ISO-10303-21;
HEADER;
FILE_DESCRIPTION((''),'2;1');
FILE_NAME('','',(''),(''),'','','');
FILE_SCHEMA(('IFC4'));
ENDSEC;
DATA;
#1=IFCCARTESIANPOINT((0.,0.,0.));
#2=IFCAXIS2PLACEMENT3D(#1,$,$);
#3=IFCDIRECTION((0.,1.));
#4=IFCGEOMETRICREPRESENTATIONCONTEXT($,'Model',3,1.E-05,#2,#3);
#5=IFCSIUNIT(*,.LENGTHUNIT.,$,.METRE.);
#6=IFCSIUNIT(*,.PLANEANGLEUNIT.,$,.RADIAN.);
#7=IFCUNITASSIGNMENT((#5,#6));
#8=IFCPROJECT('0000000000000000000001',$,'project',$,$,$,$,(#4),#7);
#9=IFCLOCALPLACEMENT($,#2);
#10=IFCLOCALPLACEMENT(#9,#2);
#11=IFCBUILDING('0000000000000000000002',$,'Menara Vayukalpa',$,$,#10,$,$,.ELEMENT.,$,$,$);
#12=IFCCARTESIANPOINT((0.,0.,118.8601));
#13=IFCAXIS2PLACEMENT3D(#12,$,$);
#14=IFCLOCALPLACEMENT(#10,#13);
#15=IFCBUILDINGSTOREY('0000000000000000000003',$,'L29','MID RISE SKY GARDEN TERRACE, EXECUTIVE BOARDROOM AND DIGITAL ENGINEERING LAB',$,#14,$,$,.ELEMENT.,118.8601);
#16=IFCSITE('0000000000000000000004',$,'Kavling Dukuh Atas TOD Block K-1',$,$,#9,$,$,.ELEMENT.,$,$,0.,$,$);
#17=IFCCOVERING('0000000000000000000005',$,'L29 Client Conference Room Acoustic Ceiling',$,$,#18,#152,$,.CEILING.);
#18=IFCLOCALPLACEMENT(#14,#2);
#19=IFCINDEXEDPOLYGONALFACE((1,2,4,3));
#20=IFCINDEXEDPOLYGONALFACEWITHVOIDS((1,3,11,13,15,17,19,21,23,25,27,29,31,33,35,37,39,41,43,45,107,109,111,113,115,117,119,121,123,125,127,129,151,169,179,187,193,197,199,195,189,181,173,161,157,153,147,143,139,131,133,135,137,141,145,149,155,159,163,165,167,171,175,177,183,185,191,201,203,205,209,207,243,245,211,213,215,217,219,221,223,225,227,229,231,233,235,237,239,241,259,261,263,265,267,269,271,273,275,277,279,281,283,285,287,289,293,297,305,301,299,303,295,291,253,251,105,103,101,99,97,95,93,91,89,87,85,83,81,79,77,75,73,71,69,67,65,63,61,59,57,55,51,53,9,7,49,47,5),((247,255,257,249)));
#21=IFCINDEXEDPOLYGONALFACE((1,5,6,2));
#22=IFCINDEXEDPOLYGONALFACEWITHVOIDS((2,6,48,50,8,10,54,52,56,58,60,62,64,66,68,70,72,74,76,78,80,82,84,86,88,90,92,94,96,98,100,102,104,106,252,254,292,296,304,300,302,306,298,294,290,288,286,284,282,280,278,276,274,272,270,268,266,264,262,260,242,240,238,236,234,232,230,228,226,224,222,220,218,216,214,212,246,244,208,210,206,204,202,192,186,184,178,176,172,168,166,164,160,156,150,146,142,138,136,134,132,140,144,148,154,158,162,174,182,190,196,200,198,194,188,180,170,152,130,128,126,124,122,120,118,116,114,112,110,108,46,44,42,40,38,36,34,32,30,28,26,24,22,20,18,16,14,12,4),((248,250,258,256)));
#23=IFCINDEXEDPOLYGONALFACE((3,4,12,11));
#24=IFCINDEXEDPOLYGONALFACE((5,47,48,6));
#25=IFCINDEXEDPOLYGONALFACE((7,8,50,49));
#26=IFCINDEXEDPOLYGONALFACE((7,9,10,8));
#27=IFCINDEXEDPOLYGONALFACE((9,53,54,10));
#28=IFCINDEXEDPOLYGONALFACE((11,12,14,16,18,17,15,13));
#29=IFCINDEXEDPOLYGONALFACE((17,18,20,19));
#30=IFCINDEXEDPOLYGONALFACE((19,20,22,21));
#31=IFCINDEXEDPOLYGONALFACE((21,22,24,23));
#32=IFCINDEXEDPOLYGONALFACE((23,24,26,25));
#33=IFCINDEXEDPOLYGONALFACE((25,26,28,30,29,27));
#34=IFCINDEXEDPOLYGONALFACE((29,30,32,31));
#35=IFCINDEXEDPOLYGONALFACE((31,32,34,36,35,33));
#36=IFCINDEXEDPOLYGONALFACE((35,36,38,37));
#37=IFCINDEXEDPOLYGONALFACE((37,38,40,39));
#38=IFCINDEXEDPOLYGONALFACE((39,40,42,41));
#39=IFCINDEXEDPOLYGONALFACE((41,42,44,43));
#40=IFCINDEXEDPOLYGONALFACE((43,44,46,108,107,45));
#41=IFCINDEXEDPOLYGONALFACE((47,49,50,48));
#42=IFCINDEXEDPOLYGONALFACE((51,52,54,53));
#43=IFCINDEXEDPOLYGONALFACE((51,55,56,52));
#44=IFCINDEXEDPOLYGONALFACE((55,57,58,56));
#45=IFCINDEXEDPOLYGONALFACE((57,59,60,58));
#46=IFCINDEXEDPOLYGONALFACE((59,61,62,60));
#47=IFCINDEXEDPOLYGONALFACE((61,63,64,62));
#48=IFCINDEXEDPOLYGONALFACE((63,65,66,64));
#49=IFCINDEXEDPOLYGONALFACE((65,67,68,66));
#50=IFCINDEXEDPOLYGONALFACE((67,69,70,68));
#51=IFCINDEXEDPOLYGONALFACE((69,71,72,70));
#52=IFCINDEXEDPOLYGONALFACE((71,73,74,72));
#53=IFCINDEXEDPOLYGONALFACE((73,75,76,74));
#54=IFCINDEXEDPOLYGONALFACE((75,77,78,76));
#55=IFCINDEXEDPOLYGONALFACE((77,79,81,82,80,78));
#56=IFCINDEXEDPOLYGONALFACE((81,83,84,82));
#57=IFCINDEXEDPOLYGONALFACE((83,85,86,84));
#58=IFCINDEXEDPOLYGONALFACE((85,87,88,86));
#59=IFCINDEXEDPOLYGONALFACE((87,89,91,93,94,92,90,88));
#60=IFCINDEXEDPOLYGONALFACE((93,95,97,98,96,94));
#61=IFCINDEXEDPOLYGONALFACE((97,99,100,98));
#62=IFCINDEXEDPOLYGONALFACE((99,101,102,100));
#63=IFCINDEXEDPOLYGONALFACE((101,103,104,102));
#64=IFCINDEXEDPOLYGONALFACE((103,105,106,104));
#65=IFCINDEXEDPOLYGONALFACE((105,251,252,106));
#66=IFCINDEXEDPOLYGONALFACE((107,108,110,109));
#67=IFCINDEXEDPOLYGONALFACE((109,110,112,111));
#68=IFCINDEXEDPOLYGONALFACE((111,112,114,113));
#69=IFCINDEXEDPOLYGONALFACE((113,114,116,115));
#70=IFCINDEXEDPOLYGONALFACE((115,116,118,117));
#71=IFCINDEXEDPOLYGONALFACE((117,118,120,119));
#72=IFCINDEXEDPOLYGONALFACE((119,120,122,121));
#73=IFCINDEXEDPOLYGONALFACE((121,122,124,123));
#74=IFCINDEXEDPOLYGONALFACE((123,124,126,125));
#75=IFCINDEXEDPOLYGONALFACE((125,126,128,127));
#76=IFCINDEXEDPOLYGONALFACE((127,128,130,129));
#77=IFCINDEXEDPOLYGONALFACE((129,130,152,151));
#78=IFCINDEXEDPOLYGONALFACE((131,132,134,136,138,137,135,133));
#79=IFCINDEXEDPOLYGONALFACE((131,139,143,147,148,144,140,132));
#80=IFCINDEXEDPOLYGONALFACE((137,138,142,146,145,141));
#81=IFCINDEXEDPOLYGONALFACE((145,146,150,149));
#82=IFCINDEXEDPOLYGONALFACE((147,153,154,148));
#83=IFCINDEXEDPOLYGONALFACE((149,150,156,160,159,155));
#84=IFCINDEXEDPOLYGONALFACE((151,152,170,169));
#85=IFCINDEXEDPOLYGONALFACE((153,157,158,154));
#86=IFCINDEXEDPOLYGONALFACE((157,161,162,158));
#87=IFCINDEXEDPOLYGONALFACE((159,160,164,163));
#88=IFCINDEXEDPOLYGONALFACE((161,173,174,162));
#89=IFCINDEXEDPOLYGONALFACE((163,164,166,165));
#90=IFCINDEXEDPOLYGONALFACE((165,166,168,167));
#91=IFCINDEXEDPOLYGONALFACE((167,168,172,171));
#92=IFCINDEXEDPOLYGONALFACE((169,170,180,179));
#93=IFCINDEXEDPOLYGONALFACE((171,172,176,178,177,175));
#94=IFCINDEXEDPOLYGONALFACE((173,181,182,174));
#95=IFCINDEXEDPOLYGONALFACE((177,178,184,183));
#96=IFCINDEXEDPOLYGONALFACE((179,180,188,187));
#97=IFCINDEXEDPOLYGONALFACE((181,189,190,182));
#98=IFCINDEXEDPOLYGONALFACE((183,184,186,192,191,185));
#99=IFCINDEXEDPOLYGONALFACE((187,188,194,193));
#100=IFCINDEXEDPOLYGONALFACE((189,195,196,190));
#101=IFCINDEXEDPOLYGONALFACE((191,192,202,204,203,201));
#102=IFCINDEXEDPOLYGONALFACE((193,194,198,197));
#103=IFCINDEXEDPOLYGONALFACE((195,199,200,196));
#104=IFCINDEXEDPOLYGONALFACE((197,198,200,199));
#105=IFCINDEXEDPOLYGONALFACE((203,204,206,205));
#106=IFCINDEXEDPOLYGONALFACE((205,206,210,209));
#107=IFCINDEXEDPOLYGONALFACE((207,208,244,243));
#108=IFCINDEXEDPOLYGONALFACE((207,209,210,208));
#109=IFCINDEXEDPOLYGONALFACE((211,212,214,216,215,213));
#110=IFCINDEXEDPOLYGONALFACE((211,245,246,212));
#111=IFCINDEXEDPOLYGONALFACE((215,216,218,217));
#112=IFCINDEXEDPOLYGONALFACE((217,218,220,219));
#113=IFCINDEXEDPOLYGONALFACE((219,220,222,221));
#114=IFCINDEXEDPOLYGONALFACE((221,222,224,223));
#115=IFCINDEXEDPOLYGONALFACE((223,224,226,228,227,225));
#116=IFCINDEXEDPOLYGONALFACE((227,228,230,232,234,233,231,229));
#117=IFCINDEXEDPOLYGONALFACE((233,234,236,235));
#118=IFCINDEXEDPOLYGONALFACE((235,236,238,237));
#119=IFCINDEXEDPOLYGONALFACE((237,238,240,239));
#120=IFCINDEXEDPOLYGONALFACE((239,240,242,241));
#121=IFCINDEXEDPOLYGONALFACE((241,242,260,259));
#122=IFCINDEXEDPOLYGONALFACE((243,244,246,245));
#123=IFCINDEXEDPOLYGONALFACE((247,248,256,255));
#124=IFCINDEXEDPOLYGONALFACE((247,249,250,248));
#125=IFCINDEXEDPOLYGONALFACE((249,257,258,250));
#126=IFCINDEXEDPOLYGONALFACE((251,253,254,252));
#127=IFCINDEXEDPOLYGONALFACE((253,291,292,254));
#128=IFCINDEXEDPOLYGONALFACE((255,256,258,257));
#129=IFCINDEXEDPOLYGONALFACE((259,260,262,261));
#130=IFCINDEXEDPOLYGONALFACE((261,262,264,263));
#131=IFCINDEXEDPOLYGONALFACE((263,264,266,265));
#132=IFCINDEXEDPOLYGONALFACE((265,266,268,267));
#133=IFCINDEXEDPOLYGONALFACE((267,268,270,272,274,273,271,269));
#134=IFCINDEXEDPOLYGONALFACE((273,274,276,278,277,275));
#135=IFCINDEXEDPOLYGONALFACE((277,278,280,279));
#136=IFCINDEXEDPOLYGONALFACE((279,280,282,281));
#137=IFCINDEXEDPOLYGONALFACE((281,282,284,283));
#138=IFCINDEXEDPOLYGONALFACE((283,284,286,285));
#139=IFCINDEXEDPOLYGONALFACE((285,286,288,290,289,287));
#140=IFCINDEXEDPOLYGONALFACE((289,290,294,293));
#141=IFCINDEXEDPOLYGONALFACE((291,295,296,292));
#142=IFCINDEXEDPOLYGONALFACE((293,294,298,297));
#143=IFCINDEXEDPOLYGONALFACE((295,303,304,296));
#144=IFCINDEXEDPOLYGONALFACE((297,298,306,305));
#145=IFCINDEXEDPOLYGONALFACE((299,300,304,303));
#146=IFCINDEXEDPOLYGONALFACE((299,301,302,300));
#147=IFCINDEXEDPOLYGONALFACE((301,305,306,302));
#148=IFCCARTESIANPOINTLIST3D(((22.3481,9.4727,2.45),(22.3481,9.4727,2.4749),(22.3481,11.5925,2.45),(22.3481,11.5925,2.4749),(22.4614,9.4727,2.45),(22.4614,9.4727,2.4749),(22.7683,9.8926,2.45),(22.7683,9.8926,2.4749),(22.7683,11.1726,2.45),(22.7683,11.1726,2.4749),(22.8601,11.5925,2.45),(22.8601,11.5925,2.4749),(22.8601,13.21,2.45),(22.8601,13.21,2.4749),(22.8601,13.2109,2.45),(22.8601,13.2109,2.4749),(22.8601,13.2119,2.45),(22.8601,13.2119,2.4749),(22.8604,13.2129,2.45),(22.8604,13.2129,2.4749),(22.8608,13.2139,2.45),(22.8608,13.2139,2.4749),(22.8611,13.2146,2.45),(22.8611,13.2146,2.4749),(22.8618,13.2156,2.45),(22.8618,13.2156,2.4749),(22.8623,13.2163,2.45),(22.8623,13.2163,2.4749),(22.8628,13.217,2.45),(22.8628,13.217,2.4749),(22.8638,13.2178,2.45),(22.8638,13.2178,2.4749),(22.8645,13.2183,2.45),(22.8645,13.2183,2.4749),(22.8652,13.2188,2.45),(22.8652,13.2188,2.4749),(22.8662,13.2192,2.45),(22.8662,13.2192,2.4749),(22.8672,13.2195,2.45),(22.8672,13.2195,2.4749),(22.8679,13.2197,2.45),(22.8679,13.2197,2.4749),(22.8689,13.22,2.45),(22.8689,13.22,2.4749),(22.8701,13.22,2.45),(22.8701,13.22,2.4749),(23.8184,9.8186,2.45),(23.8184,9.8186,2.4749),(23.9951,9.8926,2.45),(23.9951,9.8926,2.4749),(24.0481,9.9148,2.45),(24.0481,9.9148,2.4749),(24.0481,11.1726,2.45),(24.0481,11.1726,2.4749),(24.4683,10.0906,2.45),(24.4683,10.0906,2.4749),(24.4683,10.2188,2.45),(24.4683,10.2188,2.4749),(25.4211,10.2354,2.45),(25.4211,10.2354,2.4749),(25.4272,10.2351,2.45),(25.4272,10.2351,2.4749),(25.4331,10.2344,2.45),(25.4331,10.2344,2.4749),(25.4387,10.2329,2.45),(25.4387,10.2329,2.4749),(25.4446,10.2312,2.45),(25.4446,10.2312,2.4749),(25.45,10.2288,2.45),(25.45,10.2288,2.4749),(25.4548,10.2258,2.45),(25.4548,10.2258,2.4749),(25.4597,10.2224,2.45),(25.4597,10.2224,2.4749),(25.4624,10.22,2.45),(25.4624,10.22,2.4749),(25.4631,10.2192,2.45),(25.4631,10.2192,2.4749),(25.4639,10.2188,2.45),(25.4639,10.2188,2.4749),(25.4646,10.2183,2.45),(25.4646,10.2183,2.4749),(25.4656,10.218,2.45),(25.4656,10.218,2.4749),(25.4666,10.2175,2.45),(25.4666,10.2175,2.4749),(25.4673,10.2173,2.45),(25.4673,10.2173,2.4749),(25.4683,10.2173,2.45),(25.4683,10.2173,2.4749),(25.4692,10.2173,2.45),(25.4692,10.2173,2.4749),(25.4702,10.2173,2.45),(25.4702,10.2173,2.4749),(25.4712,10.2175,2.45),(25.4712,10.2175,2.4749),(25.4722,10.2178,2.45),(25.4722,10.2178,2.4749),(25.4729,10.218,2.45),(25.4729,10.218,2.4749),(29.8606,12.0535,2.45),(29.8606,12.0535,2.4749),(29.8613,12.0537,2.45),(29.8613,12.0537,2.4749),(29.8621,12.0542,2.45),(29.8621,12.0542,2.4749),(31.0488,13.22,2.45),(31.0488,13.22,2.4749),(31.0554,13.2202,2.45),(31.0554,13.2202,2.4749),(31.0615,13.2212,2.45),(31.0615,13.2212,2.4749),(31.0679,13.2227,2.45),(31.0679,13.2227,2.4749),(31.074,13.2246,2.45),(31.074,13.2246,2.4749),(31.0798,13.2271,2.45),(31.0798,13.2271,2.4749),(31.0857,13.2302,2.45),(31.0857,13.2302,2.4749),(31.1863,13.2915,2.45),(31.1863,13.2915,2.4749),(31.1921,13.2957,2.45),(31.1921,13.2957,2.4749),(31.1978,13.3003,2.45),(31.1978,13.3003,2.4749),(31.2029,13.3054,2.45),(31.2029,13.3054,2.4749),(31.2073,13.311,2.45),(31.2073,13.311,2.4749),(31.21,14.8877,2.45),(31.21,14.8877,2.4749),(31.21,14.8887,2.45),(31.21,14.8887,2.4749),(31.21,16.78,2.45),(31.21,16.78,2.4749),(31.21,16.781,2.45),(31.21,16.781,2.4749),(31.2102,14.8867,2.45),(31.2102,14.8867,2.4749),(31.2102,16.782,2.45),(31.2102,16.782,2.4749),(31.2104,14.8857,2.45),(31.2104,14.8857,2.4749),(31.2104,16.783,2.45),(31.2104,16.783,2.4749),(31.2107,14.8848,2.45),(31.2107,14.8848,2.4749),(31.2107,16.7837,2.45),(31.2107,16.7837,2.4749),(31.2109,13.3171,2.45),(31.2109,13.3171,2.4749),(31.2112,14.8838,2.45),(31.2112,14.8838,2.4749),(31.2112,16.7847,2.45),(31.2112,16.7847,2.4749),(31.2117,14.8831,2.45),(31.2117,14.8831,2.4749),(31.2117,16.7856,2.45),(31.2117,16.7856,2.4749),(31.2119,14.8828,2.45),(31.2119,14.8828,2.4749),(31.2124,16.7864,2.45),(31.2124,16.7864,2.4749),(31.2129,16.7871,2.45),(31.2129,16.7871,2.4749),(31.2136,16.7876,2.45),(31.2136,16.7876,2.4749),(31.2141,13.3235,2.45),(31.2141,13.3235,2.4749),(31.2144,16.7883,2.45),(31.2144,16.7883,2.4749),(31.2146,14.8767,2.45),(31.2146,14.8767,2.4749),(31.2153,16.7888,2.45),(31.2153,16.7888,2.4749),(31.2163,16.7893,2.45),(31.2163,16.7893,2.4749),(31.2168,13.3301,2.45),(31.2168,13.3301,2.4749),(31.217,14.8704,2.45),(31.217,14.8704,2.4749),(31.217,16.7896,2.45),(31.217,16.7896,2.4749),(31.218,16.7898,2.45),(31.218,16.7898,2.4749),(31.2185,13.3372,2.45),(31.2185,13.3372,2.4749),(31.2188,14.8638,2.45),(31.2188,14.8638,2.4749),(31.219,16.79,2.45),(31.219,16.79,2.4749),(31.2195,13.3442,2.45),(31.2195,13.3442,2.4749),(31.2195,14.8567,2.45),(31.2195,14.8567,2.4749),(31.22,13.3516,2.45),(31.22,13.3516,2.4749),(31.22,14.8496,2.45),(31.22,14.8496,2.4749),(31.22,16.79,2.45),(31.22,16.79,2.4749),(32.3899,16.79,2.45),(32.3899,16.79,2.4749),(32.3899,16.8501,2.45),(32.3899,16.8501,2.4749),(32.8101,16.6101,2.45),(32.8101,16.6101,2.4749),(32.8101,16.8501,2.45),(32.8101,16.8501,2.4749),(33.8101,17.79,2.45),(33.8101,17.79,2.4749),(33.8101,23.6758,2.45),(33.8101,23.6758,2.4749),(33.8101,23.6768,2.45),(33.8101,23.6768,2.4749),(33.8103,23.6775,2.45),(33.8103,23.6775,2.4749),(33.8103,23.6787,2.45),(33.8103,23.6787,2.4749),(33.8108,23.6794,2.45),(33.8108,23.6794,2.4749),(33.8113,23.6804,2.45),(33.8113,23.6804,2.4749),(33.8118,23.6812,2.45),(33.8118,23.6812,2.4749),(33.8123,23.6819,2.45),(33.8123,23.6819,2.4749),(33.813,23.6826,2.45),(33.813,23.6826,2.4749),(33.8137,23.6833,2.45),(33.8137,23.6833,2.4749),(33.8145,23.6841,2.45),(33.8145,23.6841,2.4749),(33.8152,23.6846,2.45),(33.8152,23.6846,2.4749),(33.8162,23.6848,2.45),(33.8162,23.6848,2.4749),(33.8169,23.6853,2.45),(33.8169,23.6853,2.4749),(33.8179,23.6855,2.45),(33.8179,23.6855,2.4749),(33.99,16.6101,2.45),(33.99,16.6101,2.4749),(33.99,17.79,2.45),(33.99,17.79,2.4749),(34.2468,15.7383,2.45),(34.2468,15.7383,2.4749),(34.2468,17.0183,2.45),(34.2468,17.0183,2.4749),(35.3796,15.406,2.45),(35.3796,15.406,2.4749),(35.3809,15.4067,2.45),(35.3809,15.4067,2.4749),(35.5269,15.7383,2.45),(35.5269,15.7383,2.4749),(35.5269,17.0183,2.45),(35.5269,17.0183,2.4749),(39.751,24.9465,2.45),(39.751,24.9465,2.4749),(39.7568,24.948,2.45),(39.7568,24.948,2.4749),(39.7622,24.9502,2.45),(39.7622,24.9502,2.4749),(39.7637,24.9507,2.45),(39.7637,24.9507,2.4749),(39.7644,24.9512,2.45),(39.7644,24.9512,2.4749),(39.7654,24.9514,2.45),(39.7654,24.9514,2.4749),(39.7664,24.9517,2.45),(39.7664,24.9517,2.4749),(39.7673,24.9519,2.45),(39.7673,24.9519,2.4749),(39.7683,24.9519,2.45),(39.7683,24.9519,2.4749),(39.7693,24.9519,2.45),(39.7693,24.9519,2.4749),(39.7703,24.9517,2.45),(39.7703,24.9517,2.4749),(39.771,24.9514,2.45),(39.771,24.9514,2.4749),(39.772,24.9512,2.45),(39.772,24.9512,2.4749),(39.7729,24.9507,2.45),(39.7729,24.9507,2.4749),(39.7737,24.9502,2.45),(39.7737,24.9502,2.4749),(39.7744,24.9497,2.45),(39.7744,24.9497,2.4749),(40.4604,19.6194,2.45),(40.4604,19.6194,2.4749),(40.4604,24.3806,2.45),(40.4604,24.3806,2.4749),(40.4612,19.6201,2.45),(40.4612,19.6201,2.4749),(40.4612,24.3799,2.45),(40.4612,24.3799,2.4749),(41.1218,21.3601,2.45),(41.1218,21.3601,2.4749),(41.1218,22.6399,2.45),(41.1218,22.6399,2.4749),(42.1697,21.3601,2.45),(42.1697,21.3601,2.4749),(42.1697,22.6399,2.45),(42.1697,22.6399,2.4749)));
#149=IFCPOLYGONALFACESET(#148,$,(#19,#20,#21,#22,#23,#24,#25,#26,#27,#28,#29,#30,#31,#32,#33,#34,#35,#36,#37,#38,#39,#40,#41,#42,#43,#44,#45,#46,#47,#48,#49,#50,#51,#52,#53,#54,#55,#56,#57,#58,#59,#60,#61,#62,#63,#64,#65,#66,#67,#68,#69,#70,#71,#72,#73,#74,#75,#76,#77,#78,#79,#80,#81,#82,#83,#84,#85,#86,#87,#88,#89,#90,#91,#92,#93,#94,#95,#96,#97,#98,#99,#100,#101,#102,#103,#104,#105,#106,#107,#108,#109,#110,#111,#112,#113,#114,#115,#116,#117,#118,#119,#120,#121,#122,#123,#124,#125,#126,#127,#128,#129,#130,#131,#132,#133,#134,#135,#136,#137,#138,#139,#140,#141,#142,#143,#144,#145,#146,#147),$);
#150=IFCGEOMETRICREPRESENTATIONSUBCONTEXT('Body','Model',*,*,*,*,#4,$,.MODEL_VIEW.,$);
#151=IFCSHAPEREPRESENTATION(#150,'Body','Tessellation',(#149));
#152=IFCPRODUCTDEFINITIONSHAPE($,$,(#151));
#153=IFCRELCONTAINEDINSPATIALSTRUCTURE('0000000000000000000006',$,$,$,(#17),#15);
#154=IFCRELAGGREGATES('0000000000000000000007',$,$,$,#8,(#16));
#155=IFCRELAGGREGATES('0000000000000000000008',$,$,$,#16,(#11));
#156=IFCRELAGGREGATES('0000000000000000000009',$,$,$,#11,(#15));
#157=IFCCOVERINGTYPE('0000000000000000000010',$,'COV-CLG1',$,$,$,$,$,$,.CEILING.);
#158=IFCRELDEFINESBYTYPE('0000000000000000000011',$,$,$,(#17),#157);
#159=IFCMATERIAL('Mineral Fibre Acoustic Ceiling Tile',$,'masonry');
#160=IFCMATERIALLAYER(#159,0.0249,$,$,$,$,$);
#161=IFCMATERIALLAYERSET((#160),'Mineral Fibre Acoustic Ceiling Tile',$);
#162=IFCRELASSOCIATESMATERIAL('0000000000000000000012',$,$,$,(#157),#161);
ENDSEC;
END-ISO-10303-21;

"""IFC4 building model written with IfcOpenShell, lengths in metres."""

from ifc_helpers import new_model, si_unit, direction, frame, origin, place, context, subcontext, project, spatial, polyline, outline, extrude, material, layer, layer_set, type_object, element, save


model = new_model("IFC4")

# Units and contexts
model_context = context("Model", 3, precision=1e-05, world=origin(), true_north=direction((0.0, 1.0)))
body_context = subcontext(model_context, "Body", "Model", "MODEL_VIEW")
ifc_project = project(units=[si_unit("LENGTHUNIT", "METRE"), si_unit("PLANEANGLEUNIT", "RADIAN")], contexts=[model_context])

# Site, building, storey
site_placement = place(None, origin())
site = spatial("IfcSite", under=ifc_project, at=site_placement, Name="Kavling Dukuh Atas TOD Block K-1", CompositionType="ELEMENT", RefElevation=0.0)
building_placement = place(site_placement, origin())
building = spatial("IfcBuilding", under=site, at=building_placement, Name="Menara Vayukalpa", CompositionType="ELEMENT")
storey_placement = place(building_placement, frame((0.0, 0.0, 118.8601)))
storey = spatial("IfcBuildingStorey", under=building, at=storey_placement, Name="L29", Description="MID RISE SKY GARDEN TERRACE, EXECUTIVE BOARDROOM AND DIGITAL ENGINEERING LAB", CompositionType="ELEMENT", Elevation=118.8601)

# Covering
ifc_material_1 = material(Name="Mineral Fibre Acoustic Ceiling Tile", Category="masonry")
ifc_layer_1 = layer(ifc_material_1, 0.0249)
ifc_layer_set_1 = layer_set([ifc_layer_1], Name="Mineral Fibre Acoustic Ceiling Tile")
covering_type_1 = type_object("IfcCoveringType", Name="COV-CLG1", PredefinedType="CEILING", material=ifc_layer_set_1)
covering_1_placement = place(storey_placement, frame((0.0, 0.0, 2.45)))
element("IfcCovering", 1, at=covering_1_placement, inside=storey, type_object=covering_type_1, Name="L29 Client Conference Room Acoustic Ceiling", PredefinedType="CEILING", context=body_context, shape_type="SweptSolid", body=[
    extrude(outline(polyline([(22.8601, 13.21), (22.8601, 13.2109), (22.8601, 13.2119), (22.8604, 13.2129), (22.8608, 13.2139), (22.8611, 13.2146), (22.8618, 13.2156), (22.8623, 13.2163), (22.8628, 13.217), (22.8638, 13.2178), (22.8645, 13.2183), (22.8652, 13.2188), (22.8662, 13.2192), (22.8672, 13.2195), (22.8679, 13.2197), (22.8689, 13.22), (22.8701, 13.22), (31.0488, 13.22), (31.0554, 13.2202), (31.0615, 13.2212), (31.0679, 13.2227), (31.074, 13.2246), (31.0798, 13.2271), (31.0857, 13.2302), (31.1863, 13.2915), (31.1921, 13.2957), (31.1978, 13.3003), (31.2029, 13.3054), (31.2073, 13.311), (31.2109, 13.3171), (31.2141, 13.3235), (31.2168, 13.3301), (31.2185, 13.3372), (31.2195, 13.3442), (31.22, 13.3516), (31.22, 14.8496), (31.2195, 14.8567), (31.2188, 14.8638), (31.217, 14.8704), (31.2146, 14.8767), (31.2119, 14.8828), (31.2117, 14.8831), (31.2112, 14.8838), (31.2107, 14.8848), (31.2104, 14.8857), (31.2102, 14.8867), (31.21, 14.8877), (31.21, 14.8887), (31.21, 16.78), (31.21, 16.781), (31.2102, 16.782), (31.2104, 16.783), (31.2107, 16.7837), (31.2112, 16.7847), (31.2117, 16.7856), (31.2124, 16.7864), (31.2129, 16.7871), (31.2136, 16.7876), (31.2144, 16.7883), (31.2153, 16.7888), (31.2163, 16.7893), (31.217, 16.7896), (31.218, 16.7898), (31.219, 16.79), (31.22, 16.79), (32.3899, 16.79), (32.3899, 16.8501), (32.8101, 16.8501), (32.8101, 16.6101), (33.99, 16.6101), (33.99, 17.79), (33.8101, 17.79), (33.8101, 23.6758), (33.8101, 23.6768), (33.8103, 23.6775), (33.8103, 23.6787), (33.8108, 23.6794), (33.8113, 23.6804), (33.8118, 23.6812), (33.8123, 23.6819), (33.813, 23.6826), (33.8137, 23.6833), (33.8145, 23.6841), (33.8152, 23.6846), (33.8162, 23.6848), (33.8169, 23.6853), (33.8179, 23.6855), (39.751, 24.9465), (39.7568, 24.948), (39.7622, 24.9502), (39.7637, 24.9507), (39.7644, 24.9512), (39.7654, 24.9514), (39.7664, 24.9517), (39.7673, 24.9519), (39.7683, 24.9519), (39.7693, 24.9519), (39.7703, 24.9517), (39.771, 24.9514), (39.772, 24.9512), (39.7729, 24.9507), (39.7737, 24.9502), (39.7744, 24.9497), (40.4604, 24.3806), (40.4612, 24.3799), (42.1697, 22.6399), (41.1218, 22.6399), (41.1218, 21.3601), (42.1697, 21.3601), (40.4612, 19.6201), (40.4604, 19.6194), (35.3809, 15.4067), (35.3796, 15.406), (29.8621, 12.0542), (29.8613, 12.0537), (29.8606, 12.0535), (25.4729, 10.218), (25.4722, 10.2178), (25.4712, 10.2175), (25.4702, 10.2173), (25.4692, 10.2173), (25.4683, 10.2173), (25.4673, 10.2173), (25.4666, 10.2175), (25.4656, 10.218), (25.4646, 10.2183), (25.4639, 10.2188), (25.4631, 10.2192), (25.4624, 10.22), (25.4597, 10.2224), (25.4548, 10.2258), (25.45, 10.2288), (25.4446, 10.2312), (25.4387, 10.2329), (25.4331, 10.2344), (25.4272, 10.2351), (25.4211, 10.2354), (24.4683, 10.2188), (24.4683, 10.0906), (24.0481, 9.9148), (24.0481, 11.1726), (22.7683, 11.1726), (22.7683, 9.8926), (23.9951, 9.8926), (23.8184, 9.8186), (22.4614, 9.4727), (22.3481, 9.4727), (22.3481, 11.5925), (22.8601, 11.5925), (22.8601, 13.21)]), holes=[polyline([(35.5269, 17.0183), (34.2468, 17.0183), (34.2468, 15.7383), (35.5269, 15.7383), (35.5269, 17.0183)])]), origin(), (0.0, 0.0, 1.0), 0.0249),
])

save(model, "model.ifc")
